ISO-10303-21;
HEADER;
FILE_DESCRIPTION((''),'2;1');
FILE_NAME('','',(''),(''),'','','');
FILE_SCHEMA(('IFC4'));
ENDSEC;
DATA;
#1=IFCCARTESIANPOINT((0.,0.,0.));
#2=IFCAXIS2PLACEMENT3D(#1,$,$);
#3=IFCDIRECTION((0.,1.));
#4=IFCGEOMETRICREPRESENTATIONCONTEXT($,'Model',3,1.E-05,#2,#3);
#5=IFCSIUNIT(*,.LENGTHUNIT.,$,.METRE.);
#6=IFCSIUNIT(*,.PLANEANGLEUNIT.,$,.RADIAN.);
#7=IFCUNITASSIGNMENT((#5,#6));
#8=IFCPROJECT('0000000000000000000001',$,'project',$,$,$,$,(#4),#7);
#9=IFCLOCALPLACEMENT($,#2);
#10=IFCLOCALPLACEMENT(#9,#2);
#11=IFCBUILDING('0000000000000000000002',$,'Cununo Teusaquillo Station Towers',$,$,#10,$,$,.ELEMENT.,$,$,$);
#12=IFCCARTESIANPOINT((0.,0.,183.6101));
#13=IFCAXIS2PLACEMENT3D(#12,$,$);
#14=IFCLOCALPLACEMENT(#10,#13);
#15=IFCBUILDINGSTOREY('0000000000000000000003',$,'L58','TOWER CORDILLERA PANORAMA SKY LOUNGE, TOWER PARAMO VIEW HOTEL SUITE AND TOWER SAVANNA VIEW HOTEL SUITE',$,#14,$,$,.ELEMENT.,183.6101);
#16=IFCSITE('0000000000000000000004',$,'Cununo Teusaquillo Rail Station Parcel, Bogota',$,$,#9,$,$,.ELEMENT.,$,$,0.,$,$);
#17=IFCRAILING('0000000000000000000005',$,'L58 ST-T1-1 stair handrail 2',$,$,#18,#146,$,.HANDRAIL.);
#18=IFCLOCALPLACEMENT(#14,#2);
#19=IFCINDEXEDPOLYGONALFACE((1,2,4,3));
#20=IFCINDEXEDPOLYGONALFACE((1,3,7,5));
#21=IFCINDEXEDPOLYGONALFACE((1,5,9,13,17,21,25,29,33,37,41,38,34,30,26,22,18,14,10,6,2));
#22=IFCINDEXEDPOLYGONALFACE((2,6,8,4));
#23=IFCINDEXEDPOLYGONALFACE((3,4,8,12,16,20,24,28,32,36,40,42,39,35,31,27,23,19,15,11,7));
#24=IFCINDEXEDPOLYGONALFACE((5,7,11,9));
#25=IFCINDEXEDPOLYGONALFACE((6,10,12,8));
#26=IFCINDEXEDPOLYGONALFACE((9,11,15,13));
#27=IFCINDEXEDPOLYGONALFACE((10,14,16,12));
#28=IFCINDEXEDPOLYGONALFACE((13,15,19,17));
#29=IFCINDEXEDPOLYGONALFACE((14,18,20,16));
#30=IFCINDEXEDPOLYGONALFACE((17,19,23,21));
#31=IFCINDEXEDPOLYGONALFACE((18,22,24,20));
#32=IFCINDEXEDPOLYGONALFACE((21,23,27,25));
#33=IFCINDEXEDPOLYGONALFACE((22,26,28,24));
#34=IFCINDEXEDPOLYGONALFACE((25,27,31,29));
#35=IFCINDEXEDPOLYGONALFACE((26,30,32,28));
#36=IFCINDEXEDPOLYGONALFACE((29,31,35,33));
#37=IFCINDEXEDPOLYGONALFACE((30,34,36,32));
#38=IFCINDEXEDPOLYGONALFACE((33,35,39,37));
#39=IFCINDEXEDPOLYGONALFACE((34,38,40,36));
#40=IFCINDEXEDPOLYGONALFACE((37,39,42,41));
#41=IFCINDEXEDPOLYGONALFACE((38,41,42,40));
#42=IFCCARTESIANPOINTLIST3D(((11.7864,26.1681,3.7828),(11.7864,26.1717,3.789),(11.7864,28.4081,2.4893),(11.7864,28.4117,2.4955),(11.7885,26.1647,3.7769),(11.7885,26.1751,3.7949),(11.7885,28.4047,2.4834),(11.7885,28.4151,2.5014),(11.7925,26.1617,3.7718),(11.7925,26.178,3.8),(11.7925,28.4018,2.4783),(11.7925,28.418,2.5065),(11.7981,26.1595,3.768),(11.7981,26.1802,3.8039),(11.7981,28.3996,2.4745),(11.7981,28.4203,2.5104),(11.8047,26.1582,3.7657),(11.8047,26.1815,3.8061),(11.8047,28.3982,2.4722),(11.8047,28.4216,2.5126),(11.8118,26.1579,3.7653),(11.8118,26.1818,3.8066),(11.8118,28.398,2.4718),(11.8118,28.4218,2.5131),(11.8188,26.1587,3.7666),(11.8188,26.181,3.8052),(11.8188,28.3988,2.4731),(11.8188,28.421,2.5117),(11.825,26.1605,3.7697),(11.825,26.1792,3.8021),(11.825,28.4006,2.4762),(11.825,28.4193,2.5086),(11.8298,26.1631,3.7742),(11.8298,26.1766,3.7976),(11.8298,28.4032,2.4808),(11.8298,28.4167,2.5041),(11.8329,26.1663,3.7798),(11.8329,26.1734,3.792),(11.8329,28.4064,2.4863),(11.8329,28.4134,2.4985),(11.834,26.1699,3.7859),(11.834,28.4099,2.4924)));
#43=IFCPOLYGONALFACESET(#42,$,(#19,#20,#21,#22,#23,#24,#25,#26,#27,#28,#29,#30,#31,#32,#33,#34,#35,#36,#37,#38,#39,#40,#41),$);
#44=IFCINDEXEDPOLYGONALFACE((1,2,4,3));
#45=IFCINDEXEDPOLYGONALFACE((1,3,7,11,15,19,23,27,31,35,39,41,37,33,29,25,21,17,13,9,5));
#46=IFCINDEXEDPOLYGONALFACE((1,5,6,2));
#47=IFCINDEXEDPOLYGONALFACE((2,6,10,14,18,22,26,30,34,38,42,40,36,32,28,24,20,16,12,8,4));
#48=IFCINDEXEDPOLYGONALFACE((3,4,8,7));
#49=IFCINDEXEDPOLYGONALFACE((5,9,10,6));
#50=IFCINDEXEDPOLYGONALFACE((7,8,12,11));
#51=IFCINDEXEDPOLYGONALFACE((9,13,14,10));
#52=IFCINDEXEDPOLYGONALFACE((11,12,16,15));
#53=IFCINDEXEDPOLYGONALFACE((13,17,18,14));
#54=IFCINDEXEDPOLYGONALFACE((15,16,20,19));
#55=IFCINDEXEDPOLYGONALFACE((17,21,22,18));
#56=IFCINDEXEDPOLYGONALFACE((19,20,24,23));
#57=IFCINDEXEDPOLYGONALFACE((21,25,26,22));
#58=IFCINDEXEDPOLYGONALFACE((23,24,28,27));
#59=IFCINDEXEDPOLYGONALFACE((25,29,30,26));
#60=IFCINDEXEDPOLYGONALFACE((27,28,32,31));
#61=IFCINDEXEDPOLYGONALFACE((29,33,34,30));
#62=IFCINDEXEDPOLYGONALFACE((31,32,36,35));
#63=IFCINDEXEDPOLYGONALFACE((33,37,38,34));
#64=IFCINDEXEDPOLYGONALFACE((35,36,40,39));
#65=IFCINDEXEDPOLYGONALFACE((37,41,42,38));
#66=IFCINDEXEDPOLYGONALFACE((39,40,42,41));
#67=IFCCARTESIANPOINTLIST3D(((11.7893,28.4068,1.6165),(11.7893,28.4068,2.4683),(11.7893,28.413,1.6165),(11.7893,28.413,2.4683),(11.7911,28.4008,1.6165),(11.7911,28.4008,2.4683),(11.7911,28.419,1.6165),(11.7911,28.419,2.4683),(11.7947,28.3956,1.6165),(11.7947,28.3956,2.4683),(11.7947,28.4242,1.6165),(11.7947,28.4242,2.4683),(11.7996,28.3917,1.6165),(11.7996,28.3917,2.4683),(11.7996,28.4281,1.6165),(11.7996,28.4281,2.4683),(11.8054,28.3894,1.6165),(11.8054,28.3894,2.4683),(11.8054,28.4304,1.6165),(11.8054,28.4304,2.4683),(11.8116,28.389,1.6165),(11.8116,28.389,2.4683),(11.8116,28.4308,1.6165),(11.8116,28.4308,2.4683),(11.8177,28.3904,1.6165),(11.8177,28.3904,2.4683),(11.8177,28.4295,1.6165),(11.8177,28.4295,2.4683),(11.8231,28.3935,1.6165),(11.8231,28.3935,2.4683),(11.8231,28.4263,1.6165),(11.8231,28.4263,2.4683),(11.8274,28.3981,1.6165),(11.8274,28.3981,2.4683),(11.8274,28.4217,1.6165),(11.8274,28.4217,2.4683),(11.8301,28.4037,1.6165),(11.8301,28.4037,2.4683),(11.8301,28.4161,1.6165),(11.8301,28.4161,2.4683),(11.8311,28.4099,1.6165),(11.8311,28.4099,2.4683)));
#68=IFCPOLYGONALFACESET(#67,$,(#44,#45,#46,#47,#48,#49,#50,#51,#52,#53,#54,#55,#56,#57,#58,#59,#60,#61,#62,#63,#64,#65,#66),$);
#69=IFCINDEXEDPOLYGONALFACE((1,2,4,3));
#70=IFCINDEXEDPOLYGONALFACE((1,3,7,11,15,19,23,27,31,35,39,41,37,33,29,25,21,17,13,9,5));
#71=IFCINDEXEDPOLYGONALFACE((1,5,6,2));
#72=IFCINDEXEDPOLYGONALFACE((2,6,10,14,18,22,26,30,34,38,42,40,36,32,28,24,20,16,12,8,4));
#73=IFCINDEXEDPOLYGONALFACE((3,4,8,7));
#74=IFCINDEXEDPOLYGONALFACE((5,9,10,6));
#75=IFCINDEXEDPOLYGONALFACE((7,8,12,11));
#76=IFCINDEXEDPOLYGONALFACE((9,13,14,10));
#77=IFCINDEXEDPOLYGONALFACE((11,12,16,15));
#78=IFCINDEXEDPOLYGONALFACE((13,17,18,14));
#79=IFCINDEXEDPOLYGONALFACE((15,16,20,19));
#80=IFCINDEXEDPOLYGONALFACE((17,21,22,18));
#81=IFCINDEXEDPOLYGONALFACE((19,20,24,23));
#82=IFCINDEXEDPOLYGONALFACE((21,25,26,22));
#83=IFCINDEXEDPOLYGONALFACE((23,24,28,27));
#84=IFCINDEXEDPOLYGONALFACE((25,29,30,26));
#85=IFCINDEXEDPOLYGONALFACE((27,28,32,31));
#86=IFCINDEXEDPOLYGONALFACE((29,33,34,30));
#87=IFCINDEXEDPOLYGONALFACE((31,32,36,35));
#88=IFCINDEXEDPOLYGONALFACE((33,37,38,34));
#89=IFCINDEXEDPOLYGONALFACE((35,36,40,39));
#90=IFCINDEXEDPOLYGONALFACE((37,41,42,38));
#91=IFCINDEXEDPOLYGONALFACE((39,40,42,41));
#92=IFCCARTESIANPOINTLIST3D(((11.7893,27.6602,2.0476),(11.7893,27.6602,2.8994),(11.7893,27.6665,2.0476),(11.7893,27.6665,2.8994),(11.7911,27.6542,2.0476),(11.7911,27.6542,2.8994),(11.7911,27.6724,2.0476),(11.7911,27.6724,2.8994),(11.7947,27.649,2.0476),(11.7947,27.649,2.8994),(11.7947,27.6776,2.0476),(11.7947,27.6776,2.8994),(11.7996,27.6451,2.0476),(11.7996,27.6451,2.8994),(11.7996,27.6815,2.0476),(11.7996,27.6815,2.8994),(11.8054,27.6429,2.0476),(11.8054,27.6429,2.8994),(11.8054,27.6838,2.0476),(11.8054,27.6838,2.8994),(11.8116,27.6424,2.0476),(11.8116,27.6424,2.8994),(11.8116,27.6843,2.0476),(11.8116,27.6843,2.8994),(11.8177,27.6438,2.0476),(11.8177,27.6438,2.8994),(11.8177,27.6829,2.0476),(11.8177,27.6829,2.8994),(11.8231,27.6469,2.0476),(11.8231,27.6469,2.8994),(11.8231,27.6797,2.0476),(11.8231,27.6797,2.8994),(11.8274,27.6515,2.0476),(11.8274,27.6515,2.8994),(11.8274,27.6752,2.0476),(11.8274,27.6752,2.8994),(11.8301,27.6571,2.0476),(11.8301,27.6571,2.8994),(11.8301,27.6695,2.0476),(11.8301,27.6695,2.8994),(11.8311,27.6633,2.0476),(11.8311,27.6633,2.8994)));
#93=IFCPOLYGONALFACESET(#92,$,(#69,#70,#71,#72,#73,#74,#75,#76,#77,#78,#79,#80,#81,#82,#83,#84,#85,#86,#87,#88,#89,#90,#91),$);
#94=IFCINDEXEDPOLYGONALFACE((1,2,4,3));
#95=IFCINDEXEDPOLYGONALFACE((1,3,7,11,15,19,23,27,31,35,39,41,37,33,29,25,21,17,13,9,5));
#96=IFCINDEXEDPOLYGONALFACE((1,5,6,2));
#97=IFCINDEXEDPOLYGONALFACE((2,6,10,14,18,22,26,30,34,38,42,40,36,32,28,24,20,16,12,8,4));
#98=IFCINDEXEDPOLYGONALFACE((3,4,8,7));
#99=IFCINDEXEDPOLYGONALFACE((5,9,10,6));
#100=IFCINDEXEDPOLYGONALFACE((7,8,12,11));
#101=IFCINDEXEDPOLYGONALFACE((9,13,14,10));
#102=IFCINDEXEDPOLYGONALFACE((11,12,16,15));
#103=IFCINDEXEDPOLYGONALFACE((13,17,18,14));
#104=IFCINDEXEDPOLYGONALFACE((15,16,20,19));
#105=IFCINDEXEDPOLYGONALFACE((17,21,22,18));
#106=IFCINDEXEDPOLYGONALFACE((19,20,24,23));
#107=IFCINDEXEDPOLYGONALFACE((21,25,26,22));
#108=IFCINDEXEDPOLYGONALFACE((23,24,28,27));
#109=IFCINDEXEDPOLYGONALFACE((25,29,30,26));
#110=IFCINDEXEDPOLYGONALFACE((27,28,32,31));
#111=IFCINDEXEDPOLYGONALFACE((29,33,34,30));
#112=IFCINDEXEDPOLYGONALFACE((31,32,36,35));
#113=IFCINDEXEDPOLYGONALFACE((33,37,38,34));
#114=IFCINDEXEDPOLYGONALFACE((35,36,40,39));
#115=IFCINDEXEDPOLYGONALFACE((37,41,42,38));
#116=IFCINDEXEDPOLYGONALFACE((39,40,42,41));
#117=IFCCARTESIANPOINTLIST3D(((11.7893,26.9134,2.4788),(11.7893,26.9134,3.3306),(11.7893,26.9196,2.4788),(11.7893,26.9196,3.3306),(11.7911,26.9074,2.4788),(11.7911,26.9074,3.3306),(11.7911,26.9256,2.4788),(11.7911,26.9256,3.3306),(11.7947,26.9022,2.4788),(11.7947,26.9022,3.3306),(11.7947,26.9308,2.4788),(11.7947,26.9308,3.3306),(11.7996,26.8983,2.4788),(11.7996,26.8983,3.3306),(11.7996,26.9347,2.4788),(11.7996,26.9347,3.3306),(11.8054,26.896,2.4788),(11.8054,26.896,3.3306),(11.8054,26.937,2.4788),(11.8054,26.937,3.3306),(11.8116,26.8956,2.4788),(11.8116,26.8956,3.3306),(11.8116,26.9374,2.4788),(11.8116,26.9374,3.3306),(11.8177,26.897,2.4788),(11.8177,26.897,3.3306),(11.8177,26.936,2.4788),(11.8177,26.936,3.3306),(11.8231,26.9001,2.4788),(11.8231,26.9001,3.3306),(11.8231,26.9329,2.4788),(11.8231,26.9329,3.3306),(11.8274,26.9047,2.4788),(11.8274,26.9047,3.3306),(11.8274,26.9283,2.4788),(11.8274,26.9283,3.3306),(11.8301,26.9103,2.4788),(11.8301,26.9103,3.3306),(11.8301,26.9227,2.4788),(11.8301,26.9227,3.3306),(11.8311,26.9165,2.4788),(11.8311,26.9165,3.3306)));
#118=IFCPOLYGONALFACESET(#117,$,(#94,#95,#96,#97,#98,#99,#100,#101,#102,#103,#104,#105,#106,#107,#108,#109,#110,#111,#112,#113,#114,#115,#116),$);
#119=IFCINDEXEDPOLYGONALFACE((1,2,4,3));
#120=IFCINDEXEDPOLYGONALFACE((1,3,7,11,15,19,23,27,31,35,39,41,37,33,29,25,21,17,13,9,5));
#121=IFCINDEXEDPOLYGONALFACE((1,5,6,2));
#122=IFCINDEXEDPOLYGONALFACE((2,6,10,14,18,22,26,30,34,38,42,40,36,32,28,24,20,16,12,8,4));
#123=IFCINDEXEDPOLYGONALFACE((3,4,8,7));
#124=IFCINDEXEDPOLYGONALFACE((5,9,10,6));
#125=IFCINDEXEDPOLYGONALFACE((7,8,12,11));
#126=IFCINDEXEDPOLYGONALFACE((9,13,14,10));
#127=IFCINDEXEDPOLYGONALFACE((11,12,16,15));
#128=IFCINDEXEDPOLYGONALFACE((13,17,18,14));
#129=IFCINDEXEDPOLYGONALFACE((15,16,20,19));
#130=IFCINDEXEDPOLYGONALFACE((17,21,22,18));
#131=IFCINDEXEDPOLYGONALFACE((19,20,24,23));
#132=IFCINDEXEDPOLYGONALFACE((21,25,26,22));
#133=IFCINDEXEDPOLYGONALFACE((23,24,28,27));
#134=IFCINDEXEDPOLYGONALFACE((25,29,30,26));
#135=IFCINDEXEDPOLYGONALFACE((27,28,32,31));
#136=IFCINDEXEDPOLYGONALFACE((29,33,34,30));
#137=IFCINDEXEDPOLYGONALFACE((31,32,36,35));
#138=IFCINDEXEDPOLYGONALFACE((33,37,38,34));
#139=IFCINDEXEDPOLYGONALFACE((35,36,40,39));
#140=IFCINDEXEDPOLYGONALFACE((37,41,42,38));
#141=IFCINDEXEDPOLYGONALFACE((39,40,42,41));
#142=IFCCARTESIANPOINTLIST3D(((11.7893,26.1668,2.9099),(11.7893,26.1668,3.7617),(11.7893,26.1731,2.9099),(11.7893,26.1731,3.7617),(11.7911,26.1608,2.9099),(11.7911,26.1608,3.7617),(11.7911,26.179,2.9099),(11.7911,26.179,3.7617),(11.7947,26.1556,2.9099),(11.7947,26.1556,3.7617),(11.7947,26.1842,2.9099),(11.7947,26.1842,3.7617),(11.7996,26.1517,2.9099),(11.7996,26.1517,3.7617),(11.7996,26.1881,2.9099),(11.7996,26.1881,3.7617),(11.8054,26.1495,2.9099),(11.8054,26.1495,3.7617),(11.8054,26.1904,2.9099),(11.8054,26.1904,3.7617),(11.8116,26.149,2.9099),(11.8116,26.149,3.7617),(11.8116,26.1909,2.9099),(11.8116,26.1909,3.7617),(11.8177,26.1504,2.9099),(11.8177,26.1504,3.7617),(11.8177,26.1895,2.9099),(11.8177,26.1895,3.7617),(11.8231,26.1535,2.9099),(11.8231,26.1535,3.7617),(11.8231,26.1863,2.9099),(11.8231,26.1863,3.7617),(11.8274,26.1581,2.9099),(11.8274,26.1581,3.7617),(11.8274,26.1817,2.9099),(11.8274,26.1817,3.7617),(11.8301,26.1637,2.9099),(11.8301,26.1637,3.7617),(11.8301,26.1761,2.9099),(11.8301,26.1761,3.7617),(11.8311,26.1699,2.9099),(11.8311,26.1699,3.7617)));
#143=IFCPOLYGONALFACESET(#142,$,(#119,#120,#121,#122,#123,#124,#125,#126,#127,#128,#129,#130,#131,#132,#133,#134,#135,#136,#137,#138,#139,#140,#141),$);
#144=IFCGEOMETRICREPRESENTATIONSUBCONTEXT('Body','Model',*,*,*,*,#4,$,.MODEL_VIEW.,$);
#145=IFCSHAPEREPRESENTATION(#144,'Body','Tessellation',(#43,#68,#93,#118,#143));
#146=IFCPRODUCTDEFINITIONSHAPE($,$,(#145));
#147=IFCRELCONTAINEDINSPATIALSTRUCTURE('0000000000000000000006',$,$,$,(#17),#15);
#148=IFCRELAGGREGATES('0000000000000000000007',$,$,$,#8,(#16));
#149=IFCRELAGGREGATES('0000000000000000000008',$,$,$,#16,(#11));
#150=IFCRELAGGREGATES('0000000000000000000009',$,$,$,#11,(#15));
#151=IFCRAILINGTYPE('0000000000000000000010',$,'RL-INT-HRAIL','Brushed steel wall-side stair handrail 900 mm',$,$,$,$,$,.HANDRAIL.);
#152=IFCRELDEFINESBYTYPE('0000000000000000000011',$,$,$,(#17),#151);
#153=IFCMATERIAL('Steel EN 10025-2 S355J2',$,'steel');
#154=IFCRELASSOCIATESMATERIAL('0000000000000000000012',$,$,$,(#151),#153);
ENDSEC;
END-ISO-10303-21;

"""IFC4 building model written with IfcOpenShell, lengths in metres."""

from ifc_helpers import new_model, si_unit, direction, frame, origin, origin_2d, place, context, subcontext, project, spatial, circle, extrude, material, type_object, element, save


model = new_model("IFC4")

# Units and contexts
model_context = context("Model", 3, precision=1e-05, world=origin(), true_north=direction((0.0, 1.0)))
body_context = subcontext(model_context, "Body", "Model", "MODEL_VIEW")
ifc_project = project(units=[si_unit("LENGTHUNIT", "METRE"), si_unit("PLANEANGLEUNIT", "RADIAN")], contexts=[model_context])

# Site, building, storey
site_placement = place(None, origin())
site = spatial("IfcSite", under=ifc_project, at=site_placement, Name="Cununo Teusaquillo Rail Station Parcel, Bogota", CompositionType="ELEMENT", RefElevation=0.0)
building_placement = place(site_placement, origin())
building = spatial("IfcBuilding", under=site, at=building_placement, Name="Cununo Teusaquillo Station Towers", CompositionType="ELEMENT")
storey_placement = place(building_placement, frame((0.0, 0.0, 183.6101)))
storey = spatial("IfcBuildingStorey", under=building, at=storey_placement, Name="L58", Description="TOWER CORDILLERA PANORAMA SKY LOUNGE, TOWER PARAMO VIEW HOTEL SUITE AND TOWER SAVANNA VIEW HOTEL SUITE", CompositionType="ELEMENT", Elevation=183.6101)

# Railing
ifc_material_1 = material(Name="Steel EN 10025-2 S355J2", Category="steel")
railing_type_1 = type_object("IfcRailingType", Name="RL-INT-HRAIL", Description="Brushed steel wall-side stair handrail 900 mm", PredefinedType="HANDRAIL", material=ifc_material_1)
railing_1_placement = place(storey_placement, frame((11.8101, 28.4099, 1.6165)))
element("IfcRailing", 1, at=railing_1_placement, inside=storey, type_object=railing_type_1, Name="L58 ST-T1-1 stair handrail 2", PredefinedType="HANDRAIL", context=body_context, shape_type="SweptSolid", body=[
    extrude(circle(Radius=0.0239, at=origin_2d()), frame((0.0, 0.0, 0.876), z_axis=(0.0, -0.865992, 0.500057), x_axis=(1.0, 0.0, 0.0)), (0.0, 0.0, 1.0), 2.5867),
    extrude(circle(Radius=0.021, at=origin_2d()), origin(), (0.0, 0.0, 1.0), 0.8518),
    extrude(circle(Radius=0.021, at=origin_2d()), frame((0.0, -0.7466, 0.4312)), (0.0, 0.0, 1.0), 0.8518),
    extrude(circle(Radius=0.021, at=origin_2d()), frame((0.0, -1.4934, 0.8623)), (0.0, 0.0, 1.0), 0.8518),
    extrude(circle(Radius=0.021, at=origin_2d()), frame((0.0, -2.24, 1.2935)), (0.0, 0.0, 1.0), 0.8518),
])

save(model, "model.ifc")
